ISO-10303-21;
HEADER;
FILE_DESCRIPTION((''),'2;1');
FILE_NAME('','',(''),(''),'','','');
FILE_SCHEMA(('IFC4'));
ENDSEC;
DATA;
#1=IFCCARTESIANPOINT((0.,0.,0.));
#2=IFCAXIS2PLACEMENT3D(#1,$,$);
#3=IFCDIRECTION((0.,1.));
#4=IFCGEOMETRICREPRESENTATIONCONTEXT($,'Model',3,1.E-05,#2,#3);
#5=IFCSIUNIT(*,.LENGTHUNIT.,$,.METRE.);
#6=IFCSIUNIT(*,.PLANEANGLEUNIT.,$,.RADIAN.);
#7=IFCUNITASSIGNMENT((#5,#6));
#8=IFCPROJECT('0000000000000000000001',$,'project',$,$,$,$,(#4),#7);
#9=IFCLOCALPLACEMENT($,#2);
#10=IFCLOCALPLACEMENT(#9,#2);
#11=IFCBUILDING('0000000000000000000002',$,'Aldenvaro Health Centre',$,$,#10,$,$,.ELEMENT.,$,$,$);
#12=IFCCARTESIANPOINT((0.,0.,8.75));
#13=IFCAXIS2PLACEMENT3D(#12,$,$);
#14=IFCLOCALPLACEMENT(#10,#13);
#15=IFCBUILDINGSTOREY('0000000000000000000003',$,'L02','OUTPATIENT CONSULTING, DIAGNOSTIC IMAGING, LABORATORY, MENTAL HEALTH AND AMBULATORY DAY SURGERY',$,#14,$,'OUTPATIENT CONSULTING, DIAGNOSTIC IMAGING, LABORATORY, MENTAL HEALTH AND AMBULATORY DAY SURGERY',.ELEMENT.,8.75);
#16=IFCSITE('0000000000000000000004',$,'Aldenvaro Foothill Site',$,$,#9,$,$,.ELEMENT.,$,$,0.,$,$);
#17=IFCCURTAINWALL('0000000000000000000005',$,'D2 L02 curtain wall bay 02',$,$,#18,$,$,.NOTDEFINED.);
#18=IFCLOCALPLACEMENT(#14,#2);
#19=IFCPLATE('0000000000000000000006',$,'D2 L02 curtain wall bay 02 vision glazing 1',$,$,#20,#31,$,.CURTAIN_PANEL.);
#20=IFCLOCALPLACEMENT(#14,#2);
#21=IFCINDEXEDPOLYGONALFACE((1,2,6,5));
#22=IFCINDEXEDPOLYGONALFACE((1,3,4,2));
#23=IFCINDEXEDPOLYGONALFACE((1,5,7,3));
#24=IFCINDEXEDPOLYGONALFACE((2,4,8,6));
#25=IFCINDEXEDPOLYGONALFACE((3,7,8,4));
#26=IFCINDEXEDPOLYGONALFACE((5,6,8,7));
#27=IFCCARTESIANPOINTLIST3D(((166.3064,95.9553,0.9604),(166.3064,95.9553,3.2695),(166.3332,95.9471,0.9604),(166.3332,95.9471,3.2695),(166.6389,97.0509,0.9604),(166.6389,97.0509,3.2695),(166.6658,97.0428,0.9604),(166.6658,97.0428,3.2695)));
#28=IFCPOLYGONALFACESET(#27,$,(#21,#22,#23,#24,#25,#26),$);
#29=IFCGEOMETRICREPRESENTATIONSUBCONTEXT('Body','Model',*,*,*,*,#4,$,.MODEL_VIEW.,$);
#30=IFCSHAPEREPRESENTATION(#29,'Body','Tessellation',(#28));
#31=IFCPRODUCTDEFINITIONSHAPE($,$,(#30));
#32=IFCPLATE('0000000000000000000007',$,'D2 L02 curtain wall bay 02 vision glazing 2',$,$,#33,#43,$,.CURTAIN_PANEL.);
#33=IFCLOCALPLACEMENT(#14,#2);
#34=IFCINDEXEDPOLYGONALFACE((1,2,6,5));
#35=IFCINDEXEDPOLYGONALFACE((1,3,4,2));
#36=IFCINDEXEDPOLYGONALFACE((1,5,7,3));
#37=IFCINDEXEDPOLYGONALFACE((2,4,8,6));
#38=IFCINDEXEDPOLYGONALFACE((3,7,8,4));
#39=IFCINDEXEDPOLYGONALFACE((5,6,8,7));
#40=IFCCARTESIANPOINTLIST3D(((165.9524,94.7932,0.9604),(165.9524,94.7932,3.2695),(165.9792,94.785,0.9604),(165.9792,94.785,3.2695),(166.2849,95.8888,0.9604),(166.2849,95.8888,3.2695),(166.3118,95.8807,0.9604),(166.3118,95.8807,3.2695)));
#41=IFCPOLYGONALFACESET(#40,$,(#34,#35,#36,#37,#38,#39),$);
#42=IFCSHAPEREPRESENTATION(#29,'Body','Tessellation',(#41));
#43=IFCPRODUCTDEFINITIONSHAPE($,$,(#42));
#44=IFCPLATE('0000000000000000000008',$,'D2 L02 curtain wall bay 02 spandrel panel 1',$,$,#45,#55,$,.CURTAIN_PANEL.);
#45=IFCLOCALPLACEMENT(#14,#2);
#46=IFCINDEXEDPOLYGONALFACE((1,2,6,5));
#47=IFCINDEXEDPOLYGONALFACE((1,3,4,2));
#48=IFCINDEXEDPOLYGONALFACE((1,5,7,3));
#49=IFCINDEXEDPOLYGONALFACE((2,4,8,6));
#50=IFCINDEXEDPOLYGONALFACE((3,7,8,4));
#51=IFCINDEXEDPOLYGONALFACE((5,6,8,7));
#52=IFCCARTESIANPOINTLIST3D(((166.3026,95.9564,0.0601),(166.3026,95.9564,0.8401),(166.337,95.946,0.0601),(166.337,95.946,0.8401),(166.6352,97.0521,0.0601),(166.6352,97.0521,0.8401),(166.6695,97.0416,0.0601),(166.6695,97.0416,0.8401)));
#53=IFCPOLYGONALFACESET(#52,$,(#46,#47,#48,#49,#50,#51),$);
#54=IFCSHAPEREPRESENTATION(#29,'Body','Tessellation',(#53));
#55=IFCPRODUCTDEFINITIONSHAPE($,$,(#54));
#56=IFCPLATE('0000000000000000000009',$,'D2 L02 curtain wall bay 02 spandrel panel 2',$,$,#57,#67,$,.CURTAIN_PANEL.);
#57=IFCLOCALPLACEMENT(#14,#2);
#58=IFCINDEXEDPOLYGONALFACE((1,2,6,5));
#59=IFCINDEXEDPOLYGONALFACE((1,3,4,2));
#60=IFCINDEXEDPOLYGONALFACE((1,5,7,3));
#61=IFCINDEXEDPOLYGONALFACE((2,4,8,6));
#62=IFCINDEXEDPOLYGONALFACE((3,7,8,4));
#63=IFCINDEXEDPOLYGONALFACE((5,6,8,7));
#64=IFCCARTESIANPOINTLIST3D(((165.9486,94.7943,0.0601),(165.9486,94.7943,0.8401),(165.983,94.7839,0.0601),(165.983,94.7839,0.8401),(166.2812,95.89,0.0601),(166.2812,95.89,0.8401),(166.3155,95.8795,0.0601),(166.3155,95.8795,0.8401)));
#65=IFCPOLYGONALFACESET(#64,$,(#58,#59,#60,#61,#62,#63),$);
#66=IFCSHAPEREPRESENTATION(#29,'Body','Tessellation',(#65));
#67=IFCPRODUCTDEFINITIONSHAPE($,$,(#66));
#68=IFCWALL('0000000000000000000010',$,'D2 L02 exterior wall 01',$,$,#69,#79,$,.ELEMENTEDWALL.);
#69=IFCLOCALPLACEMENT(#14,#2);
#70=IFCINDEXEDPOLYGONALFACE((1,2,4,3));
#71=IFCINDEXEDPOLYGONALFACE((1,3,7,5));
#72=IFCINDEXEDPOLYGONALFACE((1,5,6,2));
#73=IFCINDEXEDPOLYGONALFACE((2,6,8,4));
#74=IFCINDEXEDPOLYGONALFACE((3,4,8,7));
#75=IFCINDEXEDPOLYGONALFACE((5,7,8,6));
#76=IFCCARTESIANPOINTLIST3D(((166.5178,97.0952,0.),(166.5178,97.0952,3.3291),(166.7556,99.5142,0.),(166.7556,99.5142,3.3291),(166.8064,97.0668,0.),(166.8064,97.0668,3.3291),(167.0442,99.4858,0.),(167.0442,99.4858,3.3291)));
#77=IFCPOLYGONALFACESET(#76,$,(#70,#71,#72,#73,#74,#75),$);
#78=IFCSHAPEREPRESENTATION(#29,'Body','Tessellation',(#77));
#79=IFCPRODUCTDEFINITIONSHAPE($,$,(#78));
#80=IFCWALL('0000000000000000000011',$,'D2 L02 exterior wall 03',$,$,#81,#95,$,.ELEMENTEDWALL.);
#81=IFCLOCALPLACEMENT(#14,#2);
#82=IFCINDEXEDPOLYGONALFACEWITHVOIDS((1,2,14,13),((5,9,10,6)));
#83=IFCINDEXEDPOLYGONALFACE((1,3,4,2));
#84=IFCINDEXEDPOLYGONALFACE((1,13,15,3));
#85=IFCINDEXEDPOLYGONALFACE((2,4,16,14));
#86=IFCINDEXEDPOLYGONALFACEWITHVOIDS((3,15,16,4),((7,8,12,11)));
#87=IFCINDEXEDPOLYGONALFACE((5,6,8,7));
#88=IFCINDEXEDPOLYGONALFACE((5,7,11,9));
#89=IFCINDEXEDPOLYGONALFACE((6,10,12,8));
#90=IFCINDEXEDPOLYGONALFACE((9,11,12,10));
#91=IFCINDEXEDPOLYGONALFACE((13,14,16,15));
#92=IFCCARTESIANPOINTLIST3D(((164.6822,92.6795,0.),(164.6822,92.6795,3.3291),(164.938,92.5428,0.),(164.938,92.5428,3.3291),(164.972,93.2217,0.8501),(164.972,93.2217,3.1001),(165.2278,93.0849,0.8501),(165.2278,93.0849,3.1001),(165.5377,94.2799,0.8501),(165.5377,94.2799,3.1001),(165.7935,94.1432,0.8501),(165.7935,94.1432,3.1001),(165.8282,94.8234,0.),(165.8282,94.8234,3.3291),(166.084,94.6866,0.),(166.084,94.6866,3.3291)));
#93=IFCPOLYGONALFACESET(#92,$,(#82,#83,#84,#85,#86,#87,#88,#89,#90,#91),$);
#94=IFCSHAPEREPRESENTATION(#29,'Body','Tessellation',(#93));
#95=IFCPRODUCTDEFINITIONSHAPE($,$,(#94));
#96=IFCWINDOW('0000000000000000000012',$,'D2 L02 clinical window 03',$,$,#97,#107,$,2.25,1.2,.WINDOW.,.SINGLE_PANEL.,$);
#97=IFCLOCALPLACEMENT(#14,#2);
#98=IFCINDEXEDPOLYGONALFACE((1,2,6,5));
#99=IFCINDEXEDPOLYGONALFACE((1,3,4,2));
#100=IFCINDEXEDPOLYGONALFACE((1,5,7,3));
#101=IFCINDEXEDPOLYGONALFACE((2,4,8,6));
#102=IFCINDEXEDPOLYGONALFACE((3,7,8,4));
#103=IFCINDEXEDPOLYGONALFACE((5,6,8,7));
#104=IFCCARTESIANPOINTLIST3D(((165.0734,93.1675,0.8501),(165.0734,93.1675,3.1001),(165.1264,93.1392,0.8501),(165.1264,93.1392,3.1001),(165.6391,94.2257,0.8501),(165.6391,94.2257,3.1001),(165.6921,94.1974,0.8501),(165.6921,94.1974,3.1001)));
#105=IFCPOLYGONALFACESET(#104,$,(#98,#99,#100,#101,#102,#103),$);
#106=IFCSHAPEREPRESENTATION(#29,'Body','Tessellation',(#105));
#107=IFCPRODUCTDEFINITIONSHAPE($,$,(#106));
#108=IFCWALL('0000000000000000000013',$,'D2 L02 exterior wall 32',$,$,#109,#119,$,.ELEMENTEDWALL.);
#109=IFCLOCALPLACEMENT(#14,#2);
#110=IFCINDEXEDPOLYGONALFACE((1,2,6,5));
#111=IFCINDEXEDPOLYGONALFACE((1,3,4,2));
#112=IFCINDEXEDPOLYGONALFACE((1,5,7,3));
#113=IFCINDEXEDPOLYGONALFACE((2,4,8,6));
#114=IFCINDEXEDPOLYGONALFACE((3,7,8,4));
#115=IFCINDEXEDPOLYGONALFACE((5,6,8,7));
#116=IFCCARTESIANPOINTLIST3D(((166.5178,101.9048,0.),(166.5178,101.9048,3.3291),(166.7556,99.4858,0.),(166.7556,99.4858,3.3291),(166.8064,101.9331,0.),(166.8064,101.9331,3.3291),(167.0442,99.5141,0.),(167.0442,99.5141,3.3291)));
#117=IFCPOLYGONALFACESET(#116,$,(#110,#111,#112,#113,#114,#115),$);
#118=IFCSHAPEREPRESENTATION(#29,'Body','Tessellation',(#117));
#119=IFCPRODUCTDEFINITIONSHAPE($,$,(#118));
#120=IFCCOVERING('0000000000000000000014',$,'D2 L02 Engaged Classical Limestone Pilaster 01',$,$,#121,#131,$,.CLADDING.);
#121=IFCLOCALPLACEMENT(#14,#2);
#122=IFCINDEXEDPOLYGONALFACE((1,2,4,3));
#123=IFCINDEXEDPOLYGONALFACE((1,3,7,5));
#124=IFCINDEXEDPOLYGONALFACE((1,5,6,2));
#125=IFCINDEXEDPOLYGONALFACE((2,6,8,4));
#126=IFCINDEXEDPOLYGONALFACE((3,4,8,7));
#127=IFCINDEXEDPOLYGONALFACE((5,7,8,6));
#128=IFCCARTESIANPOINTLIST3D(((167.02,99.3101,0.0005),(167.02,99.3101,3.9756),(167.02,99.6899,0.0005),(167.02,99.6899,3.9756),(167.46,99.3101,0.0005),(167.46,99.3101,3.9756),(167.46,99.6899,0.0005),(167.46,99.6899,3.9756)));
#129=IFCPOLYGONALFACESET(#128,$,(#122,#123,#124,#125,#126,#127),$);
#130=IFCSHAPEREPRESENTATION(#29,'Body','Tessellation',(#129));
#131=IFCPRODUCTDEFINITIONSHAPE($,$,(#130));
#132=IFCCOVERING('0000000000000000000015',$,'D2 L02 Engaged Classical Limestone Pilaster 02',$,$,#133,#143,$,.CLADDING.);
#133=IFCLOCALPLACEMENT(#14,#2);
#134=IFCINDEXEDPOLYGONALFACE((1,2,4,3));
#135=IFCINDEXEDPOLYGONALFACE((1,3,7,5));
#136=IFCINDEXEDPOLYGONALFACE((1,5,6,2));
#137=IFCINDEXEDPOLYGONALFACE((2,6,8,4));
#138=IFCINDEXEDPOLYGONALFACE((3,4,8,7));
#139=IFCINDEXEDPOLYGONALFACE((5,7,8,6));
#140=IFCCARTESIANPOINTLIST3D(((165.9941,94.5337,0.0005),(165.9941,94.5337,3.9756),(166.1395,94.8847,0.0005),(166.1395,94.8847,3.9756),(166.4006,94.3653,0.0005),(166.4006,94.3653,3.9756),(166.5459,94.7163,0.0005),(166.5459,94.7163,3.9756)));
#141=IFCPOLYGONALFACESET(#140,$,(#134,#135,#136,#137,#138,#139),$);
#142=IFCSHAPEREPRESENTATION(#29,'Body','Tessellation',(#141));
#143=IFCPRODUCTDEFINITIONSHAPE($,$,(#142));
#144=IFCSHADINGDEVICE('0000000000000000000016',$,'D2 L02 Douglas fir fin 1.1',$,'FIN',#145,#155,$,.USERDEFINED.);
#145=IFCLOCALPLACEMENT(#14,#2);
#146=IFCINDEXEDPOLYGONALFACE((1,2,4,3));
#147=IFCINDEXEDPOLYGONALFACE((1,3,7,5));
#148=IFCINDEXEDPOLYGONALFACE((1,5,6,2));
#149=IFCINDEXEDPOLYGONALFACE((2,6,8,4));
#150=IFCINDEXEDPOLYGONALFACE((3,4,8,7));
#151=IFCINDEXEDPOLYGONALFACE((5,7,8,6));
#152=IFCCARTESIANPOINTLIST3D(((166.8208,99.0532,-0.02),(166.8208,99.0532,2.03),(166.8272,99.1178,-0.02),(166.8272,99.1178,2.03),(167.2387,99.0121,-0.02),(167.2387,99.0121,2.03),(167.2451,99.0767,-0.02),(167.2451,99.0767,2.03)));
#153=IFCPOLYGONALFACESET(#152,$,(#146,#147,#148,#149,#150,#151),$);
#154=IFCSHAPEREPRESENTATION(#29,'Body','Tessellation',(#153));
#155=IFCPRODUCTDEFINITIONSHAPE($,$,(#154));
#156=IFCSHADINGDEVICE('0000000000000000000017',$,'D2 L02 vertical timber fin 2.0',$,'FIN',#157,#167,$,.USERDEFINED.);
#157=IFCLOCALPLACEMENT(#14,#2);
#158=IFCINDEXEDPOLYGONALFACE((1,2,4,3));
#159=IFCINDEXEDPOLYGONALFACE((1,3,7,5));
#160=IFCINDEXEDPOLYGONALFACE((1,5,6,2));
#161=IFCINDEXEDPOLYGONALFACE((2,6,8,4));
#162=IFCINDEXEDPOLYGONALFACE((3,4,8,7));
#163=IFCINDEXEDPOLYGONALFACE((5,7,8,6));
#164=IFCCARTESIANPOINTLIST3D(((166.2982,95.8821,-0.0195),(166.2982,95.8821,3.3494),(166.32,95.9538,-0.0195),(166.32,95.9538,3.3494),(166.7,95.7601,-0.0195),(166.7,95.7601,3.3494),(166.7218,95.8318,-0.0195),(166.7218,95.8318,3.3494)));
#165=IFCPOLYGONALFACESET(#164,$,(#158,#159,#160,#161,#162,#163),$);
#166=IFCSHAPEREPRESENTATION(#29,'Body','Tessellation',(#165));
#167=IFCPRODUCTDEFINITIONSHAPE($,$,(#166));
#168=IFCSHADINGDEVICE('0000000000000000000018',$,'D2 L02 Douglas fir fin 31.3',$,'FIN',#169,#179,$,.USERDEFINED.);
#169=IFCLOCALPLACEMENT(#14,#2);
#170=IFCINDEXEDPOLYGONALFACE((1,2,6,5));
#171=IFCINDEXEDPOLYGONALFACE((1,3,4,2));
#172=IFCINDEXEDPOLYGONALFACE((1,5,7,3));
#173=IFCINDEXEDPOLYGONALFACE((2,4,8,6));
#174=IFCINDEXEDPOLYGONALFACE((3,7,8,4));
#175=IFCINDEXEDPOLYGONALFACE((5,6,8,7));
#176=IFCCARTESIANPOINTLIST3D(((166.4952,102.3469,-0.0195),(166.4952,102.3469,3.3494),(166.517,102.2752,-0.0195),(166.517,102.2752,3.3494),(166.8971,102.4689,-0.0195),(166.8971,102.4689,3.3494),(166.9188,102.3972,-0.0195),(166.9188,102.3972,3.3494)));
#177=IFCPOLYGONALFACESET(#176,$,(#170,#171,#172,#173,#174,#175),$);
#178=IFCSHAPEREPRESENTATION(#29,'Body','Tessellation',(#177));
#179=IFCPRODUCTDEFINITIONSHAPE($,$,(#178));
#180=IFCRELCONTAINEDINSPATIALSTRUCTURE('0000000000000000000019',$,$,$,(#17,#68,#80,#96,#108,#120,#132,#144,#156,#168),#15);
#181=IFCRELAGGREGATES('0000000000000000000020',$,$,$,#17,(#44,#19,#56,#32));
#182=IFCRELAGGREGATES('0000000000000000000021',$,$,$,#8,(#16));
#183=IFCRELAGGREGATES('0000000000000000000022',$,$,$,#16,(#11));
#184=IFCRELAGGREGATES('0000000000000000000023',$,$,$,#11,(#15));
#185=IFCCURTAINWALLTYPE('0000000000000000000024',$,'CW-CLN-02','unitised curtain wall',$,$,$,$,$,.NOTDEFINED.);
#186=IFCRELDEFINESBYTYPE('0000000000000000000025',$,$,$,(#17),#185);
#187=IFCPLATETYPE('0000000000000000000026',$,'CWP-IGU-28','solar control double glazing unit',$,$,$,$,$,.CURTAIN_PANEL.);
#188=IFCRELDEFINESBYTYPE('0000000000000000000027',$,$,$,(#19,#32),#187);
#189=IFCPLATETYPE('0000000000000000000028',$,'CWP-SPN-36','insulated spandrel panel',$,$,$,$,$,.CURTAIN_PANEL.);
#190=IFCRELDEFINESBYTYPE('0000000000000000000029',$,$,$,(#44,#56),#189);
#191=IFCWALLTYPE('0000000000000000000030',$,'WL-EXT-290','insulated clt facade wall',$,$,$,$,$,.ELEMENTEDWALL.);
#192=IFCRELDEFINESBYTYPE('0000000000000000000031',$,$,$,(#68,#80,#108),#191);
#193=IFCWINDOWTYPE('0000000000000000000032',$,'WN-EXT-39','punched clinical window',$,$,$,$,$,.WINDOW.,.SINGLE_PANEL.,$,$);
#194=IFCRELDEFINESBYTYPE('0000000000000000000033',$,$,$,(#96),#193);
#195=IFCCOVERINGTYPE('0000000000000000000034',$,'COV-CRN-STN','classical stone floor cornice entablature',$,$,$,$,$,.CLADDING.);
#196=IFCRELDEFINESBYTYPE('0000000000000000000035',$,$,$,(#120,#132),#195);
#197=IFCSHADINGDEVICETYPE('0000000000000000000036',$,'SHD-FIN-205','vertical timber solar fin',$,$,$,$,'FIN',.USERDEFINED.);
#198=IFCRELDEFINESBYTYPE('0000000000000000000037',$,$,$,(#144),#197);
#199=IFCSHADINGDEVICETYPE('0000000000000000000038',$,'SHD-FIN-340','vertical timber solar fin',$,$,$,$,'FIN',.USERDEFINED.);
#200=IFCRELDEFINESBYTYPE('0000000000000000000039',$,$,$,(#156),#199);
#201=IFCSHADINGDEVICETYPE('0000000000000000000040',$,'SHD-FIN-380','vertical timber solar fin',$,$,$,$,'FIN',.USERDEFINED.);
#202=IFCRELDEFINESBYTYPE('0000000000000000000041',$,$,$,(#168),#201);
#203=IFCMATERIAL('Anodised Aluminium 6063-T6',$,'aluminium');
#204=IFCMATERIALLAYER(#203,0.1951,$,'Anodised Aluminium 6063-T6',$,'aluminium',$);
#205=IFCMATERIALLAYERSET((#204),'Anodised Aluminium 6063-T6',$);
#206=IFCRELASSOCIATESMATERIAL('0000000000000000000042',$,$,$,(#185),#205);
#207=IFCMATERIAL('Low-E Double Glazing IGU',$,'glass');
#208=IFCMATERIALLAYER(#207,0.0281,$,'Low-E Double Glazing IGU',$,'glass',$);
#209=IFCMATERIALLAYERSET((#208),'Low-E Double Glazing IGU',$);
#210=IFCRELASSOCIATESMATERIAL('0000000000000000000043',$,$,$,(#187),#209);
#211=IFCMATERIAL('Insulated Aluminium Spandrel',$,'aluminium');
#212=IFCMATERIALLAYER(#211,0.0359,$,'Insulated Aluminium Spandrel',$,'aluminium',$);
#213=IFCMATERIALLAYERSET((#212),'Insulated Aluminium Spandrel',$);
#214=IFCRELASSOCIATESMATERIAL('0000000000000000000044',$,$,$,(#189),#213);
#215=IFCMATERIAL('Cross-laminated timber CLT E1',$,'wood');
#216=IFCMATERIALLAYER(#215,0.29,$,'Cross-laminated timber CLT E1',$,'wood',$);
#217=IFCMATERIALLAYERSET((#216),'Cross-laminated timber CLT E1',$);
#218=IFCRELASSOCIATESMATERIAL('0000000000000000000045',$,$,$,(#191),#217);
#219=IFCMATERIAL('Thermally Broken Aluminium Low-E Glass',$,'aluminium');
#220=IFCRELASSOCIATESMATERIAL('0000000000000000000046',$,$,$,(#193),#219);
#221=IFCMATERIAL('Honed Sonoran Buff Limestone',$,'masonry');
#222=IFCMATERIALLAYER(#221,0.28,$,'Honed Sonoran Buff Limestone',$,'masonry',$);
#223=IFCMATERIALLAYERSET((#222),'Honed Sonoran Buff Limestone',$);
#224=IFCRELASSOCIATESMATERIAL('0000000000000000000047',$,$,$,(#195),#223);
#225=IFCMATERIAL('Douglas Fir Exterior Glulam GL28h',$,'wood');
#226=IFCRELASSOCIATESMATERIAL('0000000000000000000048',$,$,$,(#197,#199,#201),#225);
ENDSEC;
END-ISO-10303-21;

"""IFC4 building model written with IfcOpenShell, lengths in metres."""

from ifc_helpers import new_model, si_unit, direction, frame, frame_2d, origin, origin_2d, place, context, subcontext, project, spatial, rectangle, extrude, material, layer, layer_set, type_object, element, fill, aggregate, save


model = new_model("IFC4")

# Units and contexts
model_context = context("Model", 3, precision=1e-05, world=origin(), true_north=direction((0.0, 1.0)))
body_context = subcontext(model_context, "Body", "Model", "MODEL_VIEW")
ifc_project = project(units=[si_unit("LENGTHUNIT", "METRE"), si_unit("PLANEANGLEUNIT", "RADIAN")], contexts=[model_context])

# Site, building, storey
site_placement = place(None, origin())
site = spatial("IfcSite", under=ifc_project, at=site_placement, Name="Aldenvaro Foothill Site", CompositionType="ELEMENT", RefElevation=0.0)
building_placement = place(site_placement, origin())
building = spatial("IfcBuilding", under=site, at=building_placement, Name="Aldenvaro Health Centre", CompositionType="ELEMENT")
storey_placement = place(building_placement, frame((0.0, 0.0, 8.75)))
storey = spatial("IfcBuildingStorey", under=building, at=storey_placement, Name="L02", Description="OUTPATIENT CONSULTING, DIAGNOSTIC IMAGING, LABORATORY, MENTAL HEALTH AND AMBULATORY DAY SURGERY", LongName="OUTPATIENT CONSULTING, DIAGNOSTIC IMAGING, LABORATORY, MENTAL HEALTH AND AMBULATORY DAY SURGERY", CompositionType="ELEMENT", Elevation=8.75)

# Curtain wall
ifc_material_1 = material(Name="Anodised Aluminium 6063-T6", Category="aluminium")
ifc_layer_1 = layer(ifc_material_1, 0.1951, Name="Anodised Aluminium 6063-T6", Category="aluminium")
ifc_layer_set_1 = layer_set([ifc_layer_1], Name="Anodised Aluminium 6063-T6")
curtain_wall_type = type_object("IfcCurtainWallType", Name="CW-CLN-02", Description="unitised curtain wall", PredefinedType="NOTDEFINED", material=ifc_layer_set_1)
curtain_wall_placement = place(storey_placement, origin())
curtain_wall = element("IfcCurtainWall", 1, at=curtain_wall_placement, inside=storey, type_object=curtain_wall_type, Name="D2 L02 curtain wall bay 02", PredefinedType="NOTDEFINED")

# Plates
ifc_material_2 = material(Name="Low-E Double Glazing IGU", Category="glass")
ifc_layer_2 = layer(ifc_material_2, 0.0281, Name="Low-E Double Glazing IGU", Category="glass")
ifc_layer_set_2 = layer_set([ifc_layer_2], Name="Low-E Double Glazing IGU")
plate_type_1 = type_object("IfcPlateType", Name="CWP-IGU-28", Description="solar control double glazing unit", PredefinedType="CURTAIN_PANEL", material=ifc_layer_set_2)
plate_1_placement = place(storey_placement, frame((166.4861, 96.499, 0.9604), z_axis=(0.0, 0.0, 1.0), x_axis=(-0.290441, -0.956893, 0.0)))
plate_1 = element("IfcPlate", 2, at=plate_1_placement, type_object=plate_type_1, Name="D2 L02 curtain wall bay 02 vision glazing 1", PredefinedType="CURTAIN_PANEL", context=body_context, shape_type="SweptSolid", body=[
    extrude(rectangle(XDim=1.145, YDim=0.0281, at=origin_2d()), origin(), (0.0, 0.0, 1.0), 2.3091),
])
plate_2_placement = place(storey_placement, frame((166.1321, 95.3369, 0.9604), z_axis=(0.0, 0.0, 1.0), x_axis=(-0.290441, -0.956893, 0.0)))
plate_2 = element("IfcPlate", 3, at=plate_2_placement, type_object=plate_type_1, Name="D2 L02 curtain wall bay 02 vision glazing 2", PredefinedType="CURTAIN_PANEL", context=body_context, shape_type="SweptSolid", body=[
    extrude(rectangle(XDim=1.145, YDim=0.0281, at=origin_2d()), origin(), (0.0, 0.0, 1.0), 2.3091),
])
ifc_material_3 = material(Name="Insulated Aluminium Spandrel", Category="aluminium")
ifc_layer_3 = layer(ifc_material_3, 0.0359, Name="Insulated Aluminium Spandrel", Category="aluminium")
ifc_layer_set_3 = layer_set([ifc_layer_3], Name="Insulated Aluminium Spandrel")
plate_type_2 = type_object("IfcPlateType", Name="CWP-SPN-36", Description="insulated spandrel panel", PredefinedType="CURTAIN_PANEL", material=ifc_layer_set_3)
plate_3_placement = place(storey_placement, frame((166.4861, 96.499, 0.0601), z_axis=(0.0, 0.0, 1.0), x_axis=(-0.290441, -0.956893, 0.0)))
plate_3 = element("IfcPlate", 4, at=plate_3_placement, type_object=plate_type_2, Name="D2 L02 curtain wall bay 02 spandrel panel 1", PredefinedType="CURTAIN_PANEL", context=body_context, shape_type="SweptSolid", body=[
    extrude(rectangle(XDim=1.145, YDim=0.0359, at=origin_2d()), origin(), (0.0, 0.0, 1.0), 0.78),
])
plate_4_placement = place(storey_placement, frame((166.1321, 95.3369, 0.0601), z_axis=(0.0, 0.0, 1.0), x_axis=(-0.290441, -0.956893, 0.0)))
plate_4 = element("IfcPlate", 5, at=plate_4_placement, type_object=plate_type_2, Name="D2 L02 curtain wall bay 02 spandrel panel 2", PredefinedType="CURTAIN_PANEL", context=body_context, shape_type="SweptSolid", body=[
    extrude(rectangle(XDim=1.145, YDim=0.0359, at=origin_2d()), origin(), (0.0, 0.0, 1.0), 0.78),
])
aggregate(curtain_wall, [plate_3, plate_1, plate_4, plate_2])

# Wall
ifc_material_4 = material(Name="Cross-laminated timber CLT E1", Category="wood")
ifc_layer_4 = layer(ifc_material_4, 0.29, Name="Cross-laminated timber CLT E1", Category="wood")
ifc_layer_set_4 = layer_set([ifc_layer_4], Name="Cross-laminated timber CLT E1")
wall_type = type_object("IfcWallType", Name="WL-EXT-290", Description="insulated clt facade wall", PredefinedType="ELEMENTEDWALL", material=ifc_layer_set_4)
wall_1_placement = place(storey_placement, frame((166.8999, 99.5, 0.0), z_axis=(0.0, 0.0, 1.0), x_axis=(-0.097833, -0.995203, 0.0)))
element("IfcWall", 6, at=wall_1_placement, inside=storey, type_object=wall_type, Name="D2 L02 exterior wall 01", PredefinedType="ELEMENTEDWALL", context=body_context, shape_type="SweptSolid", body=[
    extrude(rectangle(XDim=2.4307, YDim=0.29, at=frame_2d((1.2153, 0.0))), origin(), (0.0, 0.0, 1.0), 3.3291),
])

# Wall, opening, window
wall_2_placement = place(storey_placement, frame((165.9561, 94.7549, 0.0), z_axis=(0.0, 0.0, 1.0), x_axis=(-0.471432, -0.881902, 0.0)))
wall_2 = element("IfcWall", 7, at=wall_2_placement, inside=storey, type_object=wall_type, Name="D2 L02 exterior wall 03", PredefinedType="ELEMENTEDWALL", context=body_context, shape_type="SweptSolid", body=[
    extrude(rectangle(XDim=2.4309, YDim=0.29, at=frame_2d((1.2153, 0.0))), origin(), (0.0, 0.0, 1.0), 3.3291),
])
opening_placement = place(wall_2_placement, frame((0.616, 0.0, 0.8501)))
opening = element("IfcOpeningElement", 8, at=opening_placement, cuts=wall_2, PredefinedType="OPENING", context=body_context, shape_type="SweptSolid", body=[
    extrude(rectangle(XDim=1.2, YDim=2.25, at=frame_2d((0.6001, 1.125))), frame((0.0, 0.155, 0.0), z_axis=(0.0, -1.0, 0.0), x_axis=(1.0, 0.0, 0.0)), (0.0, 0.0, 1.0), 0.3101),
])
ifc_material_5 = material(Name="Thermally Broken Aluminium Low-E Glass", Category="aluminium")
window_type = type_object("IfcWindowType", Name="WN-EXT-39", Description="punched clinical window", PartitioningType="SINGLE_PANEL", PredefinedType="WINDOW", material=ifc_material_5)
window_placement = place(opening_placement, origin())
window = element("IfcWindow", 9, at=window_placement, inside=storey, type_object=window_type, Name="D2 L02 clinical window 03", OverallHeight=2.25, OverallWidth=1.2, PartitioningType="SINGLE_PANEL", PredefinedType="WINDOW", context=body_context, shape_type="SweptSolid", body=[
    extrude(rectangle(XDim=1.2, YDim=2.25, at=frame_2d((0.6001, 1.125))), frame((0.0, 0.03, 0.0), z_axis=(0.0, -1.0, 0.0), x_axis=(1.0, 0.0, 0.0)), (0.0, 0.0, 1.0), 0.0601),
])
fill(opening, window)

# Wall
wall_3_placement = place(storey_placement, frame((166.6621, 101.9189, 0.0), z_axis=(0.0, 0.0, 1.0), x_axis=(0.097833, -0.995203, 0.0)))
element("IfcWall", 10, at=wall_3_placement, inside=storey, type_object=wall_type, Name="D2 L02 exterior wall 32", PredefinedType="ELEMENTEDWALL", context=body_context, shape_type="SweptSolid", body=[
    extrude(rectangle(XDim=2.4307, YDim=0.29, at=frame_2d((1.2153, 0.0))), origin(), (0.0, 0.0, 1.0), 3.3291),
])

# Coverings
ifc_material_6 = material(Name="Honed Sonoran Buff Limestone", Category="masonry")
ifc_layer_5 = layer(ifc_material_6, 0.28, Name="Honed Sonoran Buff Limestone", Category="masonry")
ifc_layer_set_5 = layer_set([ifc_layer_5], Name="Honed Sonoran Buff Limestone")
covering_type = type_object("IfcCoveringType", Name="COV-CRN-STN", Description="classical stone floor cornice entablature", PredefinedType="CLADDING", material=ifc_layer_set_5)
for number, where, z_axis, x_axis, name in (
    (11, (167.24, 99.5, 0.0005), (0.0, 0.0, 1.0), (1.0, 0.0, 0.0), "D2 L02 Engaged Classical Limestone Pilaster 01"),
    (12, (166.27, 94.625, 0.0005), (0.0, 0.0, 1.0), (0.923886, -0.382668, 0.0), "D2 L02 Engaged Classical Limestone Pilaster 02"),
):
    element("IfcCovering", number, at=place(storey_placement, frame(where, z_axis=z_axis, x_axis=x_axis)), inside=storey, type_object=covering_type, Name=name, PredefinedType="CLADDING", context=body_context, shape_type="SweptSolid", body=[
        extrude(rectangle(XDim=0.4399, YDim=0.3799, at=origin_2d()), origin(), (0.0, 0.0, 1.0), 3.9751),
    ])

# Shading devices
ifc_material_7 = material(Name="Douglas Fir Exterior Glulam GL28h", Category="wood")
shading_device_type_1 = type_object("IfcShadingDeviceType", Name="SHD-FIN-205", Description="vertical timber solar fin", ElementType="FIN", PredefinedType="USERDEFINED", material=ifc_material_7)
shading_device_1_placement = place(storey_placement, frame((167.033, 99.0649, -0.02), z_axis=(0.0, 0.0, 1.0), x_axis=(-0.097915, -0.995195, 0.0)))
element("IfcShadingDevice", 13, at=shading_device_1_placement, inside=storey, type_object=shading_device_type_1, Name="D2 L02 Douglas fir fin 1.1", ObjectType="FIN", PredefinedType="USERDEFINED", context=body_context, shape_type="SweptSolid", body=[
    extrude(rectangle(XDim=0.0649, YDim=0.4199, at=origin_2d()), origin(), (0.0, 0.0, 1.0), 2.05),
])
shading_device_type_2 = type_object("IfcShadingDeviceType", Name="SHD-FIN-340", Description="vertical timber solar fin", ElementType="FIN", PredefinedType="USERDEFINED", material=ifc_material_7)
shading_device_2_placement = place(storey_placement, frame((166.51, 95.8569, -0.0195), z_axis=(0.0, 0.0, 1.0), x_axis=(-0.290441, -0.956893, 0.0)))
element("IfcShadingDevice", 14, at=shading_device_2_placement, inside=storey, type_object=shading_device_type_2, Name="D2 L02 vertical timber fin 2.0", ObjectType="FIN", PredefinedType="USERDEFINED", context=body_context, shape_type="SweptSolid", body=[
    extrude(rectangle(XDim=0.075, YDim=0.4199, at=origin_2d()), origin(), (0.0, 0.0, 1.0), 3.3689),
])
shading_device_type_3 = type_object("IfcShadingDeviceType", Name="SHD-FIN-380", Description="vertical timber solar fin", ElementType="FIN", PredefinedType="USERDEFINED", material=ifc_material_7)
shading_device_3_placement = place(storey_placement, frame((166.707, 102.3721, -0.0195), z_axis=(0.0, 0.0, 1.0), x_axis=(0.290441, -0.956893, 0.0)))
element("IfcShadingDevice", 15, at=shading_device_3_placement, inside=storey, type_object=shading_device_type_3, Name="D2 L02 Douglas fir fin 31.3", ObjectType="FIN", PredefinedType="USERDEFINED", context=body_context, shape_type="SweptSolid", body=[
    extrude(rectangle(XDim=0.075, YDim=0.4199, at=origin_2d()), origin(), (0.0, 0.0, 1.0), 3.3689),
])

save(model, "model.ifc")
